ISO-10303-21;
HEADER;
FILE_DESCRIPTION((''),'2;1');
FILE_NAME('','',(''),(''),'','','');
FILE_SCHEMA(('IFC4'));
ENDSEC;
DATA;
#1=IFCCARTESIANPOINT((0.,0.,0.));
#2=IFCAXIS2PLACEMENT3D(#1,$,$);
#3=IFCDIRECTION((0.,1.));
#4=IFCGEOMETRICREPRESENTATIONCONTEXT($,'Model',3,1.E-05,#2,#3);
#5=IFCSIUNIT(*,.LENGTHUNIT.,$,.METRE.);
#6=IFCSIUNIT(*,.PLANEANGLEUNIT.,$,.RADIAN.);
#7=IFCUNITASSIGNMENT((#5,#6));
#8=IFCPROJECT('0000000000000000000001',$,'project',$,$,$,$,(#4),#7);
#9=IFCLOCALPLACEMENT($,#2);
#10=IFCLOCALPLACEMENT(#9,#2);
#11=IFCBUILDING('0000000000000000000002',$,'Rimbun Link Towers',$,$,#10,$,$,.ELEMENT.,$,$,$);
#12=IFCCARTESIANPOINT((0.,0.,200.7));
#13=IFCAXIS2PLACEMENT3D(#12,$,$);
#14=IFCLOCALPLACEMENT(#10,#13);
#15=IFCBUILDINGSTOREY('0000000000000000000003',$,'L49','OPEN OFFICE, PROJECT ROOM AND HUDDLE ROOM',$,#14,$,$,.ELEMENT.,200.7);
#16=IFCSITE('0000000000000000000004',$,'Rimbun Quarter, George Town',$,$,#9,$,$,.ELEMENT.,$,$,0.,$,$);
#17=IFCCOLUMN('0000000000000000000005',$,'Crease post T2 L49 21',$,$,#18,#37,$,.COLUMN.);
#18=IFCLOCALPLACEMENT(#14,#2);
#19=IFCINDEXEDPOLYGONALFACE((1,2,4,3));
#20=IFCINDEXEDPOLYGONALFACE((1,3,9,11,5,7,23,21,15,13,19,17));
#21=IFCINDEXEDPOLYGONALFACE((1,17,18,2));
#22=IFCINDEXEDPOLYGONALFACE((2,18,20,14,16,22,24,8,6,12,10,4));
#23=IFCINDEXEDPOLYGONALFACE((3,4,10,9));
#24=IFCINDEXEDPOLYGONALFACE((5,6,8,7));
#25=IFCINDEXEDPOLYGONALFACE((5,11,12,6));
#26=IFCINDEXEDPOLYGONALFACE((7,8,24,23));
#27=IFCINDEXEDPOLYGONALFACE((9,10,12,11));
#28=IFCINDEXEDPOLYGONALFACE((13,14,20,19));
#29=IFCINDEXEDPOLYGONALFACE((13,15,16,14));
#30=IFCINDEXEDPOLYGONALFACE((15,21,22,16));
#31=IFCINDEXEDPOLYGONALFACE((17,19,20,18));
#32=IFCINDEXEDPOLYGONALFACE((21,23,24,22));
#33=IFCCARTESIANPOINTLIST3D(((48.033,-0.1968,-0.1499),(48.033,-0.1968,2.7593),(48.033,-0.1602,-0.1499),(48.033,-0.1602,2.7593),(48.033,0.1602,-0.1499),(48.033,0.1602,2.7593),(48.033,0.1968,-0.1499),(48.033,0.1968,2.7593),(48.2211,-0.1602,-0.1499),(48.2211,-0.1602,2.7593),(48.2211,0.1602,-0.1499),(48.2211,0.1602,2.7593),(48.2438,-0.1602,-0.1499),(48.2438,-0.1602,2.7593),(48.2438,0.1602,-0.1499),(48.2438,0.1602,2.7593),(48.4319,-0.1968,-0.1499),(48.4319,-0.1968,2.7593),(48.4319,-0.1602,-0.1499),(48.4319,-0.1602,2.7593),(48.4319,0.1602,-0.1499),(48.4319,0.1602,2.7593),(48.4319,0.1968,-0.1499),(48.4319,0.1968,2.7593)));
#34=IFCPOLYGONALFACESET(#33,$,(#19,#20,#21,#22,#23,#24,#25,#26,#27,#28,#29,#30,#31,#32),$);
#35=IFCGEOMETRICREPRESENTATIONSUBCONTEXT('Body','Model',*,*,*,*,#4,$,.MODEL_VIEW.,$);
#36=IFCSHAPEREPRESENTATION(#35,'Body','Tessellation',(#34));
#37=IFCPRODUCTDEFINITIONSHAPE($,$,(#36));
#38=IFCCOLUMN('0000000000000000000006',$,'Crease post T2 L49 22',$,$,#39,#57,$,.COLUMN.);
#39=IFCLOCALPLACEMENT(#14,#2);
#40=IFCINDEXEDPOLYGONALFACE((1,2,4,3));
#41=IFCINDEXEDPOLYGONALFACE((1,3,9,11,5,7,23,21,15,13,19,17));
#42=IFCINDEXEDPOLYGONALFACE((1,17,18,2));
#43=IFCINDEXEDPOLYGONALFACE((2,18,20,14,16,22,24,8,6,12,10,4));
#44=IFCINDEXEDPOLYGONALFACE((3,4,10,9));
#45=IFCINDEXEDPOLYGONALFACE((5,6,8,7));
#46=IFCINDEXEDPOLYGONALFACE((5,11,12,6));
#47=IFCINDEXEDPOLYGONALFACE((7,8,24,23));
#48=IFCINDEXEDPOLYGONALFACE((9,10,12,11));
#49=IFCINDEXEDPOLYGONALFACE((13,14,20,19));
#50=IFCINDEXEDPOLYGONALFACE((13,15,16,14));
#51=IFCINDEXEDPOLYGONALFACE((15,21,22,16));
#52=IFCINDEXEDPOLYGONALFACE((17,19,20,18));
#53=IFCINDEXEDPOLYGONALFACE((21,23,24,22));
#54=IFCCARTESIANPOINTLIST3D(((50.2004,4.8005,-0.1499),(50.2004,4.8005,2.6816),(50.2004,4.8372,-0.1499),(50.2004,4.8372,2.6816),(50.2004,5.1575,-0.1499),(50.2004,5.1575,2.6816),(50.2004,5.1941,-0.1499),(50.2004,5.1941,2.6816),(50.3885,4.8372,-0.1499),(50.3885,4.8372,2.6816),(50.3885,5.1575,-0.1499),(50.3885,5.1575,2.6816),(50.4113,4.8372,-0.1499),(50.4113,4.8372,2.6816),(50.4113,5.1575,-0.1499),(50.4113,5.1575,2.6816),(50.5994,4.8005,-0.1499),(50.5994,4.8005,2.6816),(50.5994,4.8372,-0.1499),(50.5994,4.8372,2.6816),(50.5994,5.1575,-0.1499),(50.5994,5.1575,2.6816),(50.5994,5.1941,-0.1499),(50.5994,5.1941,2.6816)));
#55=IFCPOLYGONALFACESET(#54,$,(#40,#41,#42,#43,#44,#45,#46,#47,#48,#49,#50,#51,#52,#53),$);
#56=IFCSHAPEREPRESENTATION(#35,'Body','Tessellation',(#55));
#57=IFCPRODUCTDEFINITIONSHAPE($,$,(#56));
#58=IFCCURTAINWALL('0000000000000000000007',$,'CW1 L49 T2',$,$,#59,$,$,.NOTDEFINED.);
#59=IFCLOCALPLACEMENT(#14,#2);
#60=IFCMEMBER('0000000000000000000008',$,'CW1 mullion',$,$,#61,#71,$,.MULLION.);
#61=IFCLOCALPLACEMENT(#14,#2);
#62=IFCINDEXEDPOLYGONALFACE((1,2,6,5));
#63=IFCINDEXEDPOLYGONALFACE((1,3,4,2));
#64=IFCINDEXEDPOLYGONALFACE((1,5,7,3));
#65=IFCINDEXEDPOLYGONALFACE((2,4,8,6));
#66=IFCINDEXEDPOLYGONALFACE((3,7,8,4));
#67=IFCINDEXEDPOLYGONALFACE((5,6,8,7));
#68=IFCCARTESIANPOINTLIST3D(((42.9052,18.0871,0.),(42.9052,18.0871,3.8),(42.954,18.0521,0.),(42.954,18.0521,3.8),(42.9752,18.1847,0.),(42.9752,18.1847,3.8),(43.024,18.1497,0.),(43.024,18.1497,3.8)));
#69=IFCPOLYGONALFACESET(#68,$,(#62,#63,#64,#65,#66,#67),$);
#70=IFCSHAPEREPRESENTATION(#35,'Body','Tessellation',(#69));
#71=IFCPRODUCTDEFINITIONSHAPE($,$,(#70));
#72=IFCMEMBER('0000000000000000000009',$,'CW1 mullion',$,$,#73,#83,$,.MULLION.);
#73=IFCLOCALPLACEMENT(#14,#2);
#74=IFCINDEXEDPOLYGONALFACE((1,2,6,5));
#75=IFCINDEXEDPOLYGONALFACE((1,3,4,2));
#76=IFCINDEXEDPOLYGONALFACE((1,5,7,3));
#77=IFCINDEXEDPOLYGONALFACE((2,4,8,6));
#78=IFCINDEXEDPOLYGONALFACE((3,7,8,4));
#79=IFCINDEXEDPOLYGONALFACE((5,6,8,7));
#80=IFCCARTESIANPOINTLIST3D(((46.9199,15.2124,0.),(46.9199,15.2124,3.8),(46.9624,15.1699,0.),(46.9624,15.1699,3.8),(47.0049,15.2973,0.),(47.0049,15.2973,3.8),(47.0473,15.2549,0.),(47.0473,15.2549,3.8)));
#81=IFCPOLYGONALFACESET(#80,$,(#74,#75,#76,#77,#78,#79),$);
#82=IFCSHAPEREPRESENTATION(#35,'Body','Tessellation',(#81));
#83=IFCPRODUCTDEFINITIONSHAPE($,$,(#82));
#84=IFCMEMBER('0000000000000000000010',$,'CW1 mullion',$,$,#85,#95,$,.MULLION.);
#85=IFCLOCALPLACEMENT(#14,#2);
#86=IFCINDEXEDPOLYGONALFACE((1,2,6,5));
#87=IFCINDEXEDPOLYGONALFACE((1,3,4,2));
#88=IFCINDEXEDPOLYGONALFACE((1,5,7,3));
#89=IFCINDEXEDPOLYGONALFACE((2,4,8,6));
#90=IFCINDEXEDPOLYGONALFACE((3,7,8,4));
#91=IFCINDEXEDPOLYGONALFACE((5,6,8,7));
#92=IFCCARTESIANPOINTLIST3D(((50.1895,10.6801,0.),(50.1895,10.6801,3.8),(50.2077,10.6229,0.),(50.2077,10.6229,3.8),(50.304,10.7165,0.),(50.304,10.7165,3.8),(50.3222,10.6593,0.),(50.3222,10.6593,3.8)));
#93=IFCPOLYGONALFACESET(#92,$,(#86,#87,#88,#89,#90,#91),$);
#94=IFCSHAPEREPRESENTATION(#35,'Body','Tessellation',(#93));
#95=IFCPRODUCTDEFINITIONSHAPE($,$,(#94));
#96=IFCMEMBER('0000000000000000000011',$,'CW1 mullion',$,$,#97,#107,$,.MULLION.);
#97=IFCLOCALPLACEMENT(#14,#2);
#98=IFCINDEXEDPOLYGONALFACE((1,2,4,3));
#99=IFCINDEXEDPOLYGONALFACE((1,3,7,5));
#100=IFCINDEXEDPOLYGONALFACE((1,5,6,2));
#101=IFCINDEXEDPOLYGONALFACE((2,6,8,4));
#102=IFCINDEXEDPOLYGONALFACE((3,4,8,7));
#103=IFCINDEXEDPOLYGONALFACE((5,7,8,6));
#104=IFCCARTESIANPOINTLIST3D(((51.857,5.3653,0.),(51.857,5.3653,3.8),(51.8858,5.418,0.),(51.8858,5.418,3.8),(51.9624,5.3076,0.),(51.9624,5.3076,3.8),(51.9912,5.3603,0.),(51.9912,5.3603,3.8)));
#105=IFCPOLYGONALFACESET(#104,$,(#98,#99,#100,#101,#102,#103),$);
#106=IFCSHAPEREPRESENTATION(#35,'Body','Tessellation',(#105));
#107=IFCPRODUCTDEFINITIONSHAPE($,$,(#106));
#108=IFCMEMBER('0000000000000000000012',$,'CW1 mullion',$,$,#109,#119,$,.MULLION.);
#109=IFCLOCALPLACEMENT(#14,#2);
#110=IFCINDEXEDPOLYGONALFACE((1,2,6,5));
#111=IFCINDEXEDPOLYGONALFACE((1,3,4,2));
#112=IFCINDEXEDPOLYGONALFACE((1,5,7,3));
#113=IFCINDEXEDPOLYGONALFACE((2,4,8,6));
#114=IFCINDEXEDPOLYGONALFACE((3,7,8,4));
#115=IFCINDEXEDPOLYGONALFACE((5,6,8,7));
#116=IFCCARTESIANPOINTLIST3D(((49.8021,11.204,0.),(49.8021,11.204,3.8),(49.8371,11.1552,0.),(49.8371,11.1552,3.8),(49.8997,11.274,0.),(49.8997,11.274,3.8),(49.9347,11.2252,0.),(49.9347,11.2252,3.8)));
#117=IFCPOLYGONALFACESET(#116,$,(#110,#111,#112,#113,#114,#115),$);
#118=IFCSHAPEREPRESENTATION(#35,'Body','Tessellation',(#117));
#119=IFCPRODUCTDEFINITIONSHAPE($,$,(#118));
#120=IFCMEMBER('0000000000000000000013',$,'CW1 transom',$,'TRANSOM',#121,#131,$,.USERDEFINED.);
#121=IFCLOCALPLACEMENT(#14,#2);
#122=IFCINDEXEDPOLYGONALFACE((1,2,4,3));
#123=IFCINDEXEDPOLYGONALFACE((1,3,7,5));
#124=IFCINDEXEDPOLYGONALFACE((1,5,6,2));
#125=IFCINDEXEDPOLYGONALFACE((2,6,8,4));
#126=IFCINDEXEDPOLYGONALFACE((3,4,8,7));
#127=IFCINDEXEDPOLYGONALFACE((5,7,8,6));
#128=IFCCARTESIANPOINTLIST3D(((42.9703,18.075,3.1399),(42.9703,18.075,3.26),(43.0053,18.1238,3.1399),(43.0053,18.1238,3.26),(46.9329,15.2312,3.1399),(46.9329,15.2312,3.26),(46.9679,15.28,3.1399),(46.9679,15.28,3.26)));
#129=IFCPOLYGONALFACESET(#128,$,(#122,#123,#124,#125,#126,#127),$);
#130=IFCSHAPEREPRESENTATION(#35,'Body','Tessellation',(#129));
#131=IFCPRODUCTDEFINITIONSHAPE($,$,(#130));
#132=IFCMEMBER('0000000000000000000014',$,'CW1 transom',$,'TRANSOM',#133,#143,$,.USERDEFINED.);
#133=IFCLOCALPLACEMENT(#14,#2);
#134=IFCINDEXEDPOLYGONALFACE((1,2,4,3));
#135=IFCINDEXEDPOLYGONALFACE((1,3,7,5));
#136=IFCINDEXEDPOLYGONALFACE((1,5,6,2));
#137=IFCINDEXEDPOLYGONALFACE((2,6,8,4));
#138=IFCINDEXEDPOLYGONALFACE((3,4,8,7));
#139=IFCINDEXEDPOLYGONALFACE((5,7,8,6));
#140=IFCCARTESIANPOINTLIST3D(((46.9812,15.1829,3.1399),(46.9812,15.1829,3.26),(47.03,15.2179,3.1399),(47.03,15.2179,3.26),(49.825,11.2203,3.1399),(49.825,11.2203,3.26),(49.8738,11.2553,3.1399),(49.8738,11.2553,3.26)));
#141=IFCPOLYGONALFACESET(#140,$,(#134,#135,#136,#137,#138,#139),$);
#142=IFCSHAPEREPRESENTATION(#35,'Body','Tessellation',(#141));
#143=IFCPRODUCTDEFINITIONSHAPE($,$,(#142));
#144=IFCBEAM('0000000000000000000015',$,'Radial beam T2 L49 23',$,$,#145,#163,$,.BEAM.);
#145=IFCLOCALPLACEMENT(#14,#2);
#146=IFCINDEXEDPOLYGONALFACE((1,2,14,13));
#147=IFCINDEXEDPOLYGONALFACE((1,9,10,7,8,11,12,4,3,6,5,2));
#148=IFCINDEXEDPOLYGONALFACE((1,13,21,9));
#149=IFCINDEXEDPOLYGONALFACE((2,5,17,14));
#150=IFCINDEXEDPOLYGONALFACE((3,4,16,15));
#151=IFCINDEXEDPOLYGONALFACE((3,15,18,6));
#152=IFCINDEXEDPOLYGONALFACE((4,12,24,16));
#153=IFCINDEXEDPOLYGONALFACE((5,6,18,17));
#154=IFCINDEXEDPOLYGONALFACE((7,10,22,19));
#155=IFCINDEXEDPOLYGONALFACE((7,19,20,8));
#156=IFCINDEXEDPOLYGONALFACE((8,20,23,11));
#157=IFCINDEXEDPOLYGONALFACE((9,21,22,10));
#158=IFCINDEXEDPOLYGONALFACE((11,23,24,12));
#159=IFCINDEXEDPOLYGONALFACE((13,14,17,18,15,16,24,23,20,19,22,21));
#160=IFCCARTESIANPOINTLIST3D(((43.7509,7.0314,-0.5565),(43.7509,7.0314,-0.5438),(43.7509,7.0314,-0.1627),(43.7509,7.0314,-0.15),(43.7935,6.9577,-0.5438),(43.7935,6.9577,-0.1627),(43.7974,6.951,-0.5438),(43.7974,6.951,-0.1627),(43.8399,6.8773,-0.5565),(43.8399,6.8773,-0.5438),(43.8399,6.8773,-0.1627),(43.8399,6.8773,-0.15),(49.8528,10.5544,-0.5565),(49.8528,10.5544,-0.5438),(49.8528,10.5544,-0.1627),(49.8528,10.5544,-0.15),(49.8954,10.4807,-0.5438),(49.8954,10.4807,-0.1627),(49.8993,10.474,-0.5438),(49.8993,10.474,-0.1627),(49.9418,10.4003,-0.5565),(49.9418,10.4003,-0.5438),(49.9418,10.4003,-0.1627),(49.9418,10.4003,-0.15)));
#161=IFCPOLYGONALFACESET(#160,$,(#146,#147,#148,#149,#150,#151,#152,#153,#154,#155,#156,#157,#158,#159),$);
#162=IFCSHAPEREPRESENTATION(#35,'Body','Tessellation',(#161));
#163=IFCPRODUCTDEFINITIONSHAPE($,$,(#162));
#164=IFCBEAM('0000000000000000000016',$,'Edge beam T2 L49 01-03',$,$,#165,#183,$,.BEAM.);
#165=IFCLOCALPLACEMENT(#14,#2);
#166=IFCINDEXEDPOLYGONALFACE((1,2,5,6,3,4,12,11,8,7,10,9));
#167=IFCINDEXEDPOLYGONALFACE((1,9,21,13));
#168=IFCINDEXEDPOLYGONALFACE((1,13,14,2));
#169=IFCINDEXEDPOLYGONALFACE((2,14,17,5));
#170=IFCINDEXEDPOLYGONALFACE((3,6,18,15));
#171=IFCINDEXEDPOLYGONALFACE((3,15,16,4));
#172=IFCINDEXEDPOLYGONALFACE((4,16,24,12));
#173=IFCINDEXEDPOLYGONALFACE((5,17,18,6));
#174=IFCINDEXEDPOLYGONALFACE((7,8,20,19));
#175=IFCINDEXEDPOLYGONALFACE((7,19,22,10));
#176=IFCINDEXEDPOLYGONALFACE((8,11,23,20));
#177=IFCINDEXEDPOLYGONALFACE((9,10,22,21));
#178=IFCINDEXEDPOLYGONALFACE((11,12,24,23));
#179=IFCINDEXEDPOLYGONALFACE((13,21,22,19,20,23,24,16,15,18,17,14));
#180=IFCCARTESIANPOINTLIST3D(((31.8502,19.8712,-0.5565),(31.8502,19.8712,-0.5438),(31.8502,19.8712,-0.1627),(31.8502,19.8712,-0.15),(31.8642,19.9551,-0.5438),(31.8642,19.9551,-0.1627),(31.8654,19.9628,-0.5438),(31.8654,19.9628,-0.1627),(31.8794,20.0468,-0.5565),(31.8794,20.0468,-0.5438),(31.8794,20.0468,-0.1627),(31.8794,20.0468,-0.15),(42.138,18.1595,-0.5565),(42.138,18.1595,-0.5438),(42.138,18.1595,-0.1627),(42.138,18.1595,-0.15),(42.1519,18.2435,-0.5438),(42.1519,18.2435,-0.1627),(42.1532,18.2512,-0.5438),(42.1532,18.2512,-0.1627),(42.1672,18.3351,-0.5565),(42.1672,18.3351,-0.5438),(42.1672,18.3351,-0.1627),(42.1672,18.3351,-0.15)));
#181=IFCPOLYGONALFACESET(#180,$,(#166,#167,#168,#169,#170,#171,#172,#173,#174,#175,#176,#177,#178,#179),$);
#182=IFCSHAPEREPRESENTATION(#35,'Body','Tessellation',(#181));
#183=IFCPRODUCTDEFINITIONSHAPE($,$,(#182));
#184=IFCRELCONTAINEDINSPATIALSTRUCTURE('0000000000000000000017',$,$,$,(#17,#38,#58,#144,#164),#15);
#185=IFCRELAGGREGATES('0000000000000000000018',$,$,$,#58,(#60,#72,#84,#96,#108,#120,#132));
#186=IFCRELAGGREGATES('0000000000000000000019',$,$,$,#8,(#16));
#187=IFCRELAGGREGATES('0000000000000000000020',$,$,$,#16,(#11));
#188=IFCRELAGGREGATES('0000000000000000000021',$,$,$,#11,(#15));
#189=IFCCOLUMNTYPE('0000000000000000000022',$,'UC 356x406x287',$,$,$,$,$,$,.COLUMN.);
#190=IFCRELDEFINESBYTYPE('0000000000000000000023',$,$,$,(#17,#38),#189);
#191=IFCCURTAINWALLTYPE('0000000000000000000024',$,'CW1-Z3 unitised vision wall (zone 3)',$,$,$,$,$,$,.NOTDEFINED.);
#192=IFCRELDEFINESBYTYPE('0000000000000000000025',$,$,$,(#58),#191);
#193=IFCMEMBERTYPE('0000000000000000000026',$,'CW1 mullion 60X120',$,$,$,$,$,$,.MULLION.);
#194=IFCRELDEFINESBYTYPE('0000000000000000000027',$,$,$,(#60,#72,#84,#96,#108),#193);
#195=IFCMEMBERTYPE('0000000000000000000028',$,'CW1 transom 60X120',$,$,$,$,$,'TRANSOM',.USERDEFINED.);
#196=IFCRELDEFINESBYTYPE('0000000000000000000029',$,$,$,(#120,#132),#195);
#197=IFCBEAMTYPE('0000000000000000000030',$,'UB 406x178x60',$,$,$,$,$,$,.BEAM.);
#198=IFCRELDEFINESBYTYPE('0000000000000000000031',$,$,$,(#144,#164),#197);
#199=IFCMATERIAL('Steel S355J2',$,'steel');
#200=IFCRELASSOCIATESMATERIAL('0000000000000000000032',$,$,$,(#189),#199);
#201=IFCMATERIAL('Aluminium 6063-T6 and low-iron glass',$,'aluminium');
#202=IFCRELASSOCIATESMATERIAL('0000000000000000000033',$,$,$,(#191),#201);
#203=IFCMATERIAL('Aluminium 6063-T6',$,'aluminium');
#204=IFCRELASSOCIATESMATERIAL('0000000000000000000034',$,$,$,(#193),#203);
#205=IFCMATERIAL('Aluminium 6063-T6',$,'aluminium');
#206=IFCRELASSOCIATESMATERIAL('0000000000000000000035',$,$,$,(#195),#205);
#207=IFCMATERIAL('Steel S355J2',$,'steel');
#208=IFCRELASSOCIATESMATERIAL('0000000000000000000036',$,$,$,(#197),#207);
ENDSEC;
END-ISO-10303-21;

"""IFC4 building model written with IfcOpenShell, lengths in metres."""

from ifc_helpers import new_model, si_unit, direction, frame, origin, origin_2d, place, context, subcontext, project, spatial, rectangle, i_section, extrude, material, material_profile, profile_set, type_object, element, aggregate, save


model = new_model("IFC4")

# Units and contexts
model_context = context("Model", 3, precision=1e-05, world=origin(), true_north=direction((0.0, 1.0)))
body_context = subcontext(model_context, "Body", "Model", "MODEL_VIEW")
ifc_project = project(units=[si_unit("LENGTHUNIT", "METRE"), si_unit("PLANEANGLEUNIT", "RADIAN")], contexts=[model_context])

# Site, building, storey
site_placement = place(None, origin())
site = spatial("IfcSite", under=ifc_project, at=site_placement, Name="Rimbun Quarter, George Town", CompositionType="ELEMENT", RefElevation=0.0)
building_placement = place(site_placement, origin())
building = spatial("IfcBuilding", under=site, at=building_placement, Name="Rimbun Link Towers", CompositionType="ELEMENT")
storey_placement = place(building_placement, frame((0.0, 0.0, 200.7)))
storey = spatial("IfcBuildingStorey", under=building, at=storey_placement, Name="L49", Description="OPEN OFFICE, PROJECT ROOM AND HUDDLE ROOM", CompositionType="ELEMENT", Elevation=200.7)

# Columns
ifc_material_1 = material(Name="Steel S355J2", Category="steel")
ifc_material_profile_1 = material_profile(ifc_material_1, i_section(OverallWidth=0.3989, OverallDepth=0.3936, WebThickness=0.0227, FlangeThickness=0.0366, at=origin_2d()), Name="UC 356x406x287")
ifc_profile_set_1 = profile_set([ifc_material_profile_1], Name="Steel S355J2")
column_type = type_object("IfcColumnType", Name="UC 356x406x287", PredefinedType="COLUMN", material=ifc_profile_set_1)
column_1_placement = place(storey_placement, frame((48.2324, 0.0, -0.1499), z_axis=(0.0, 0.0, 1.0), x_axis=(1.0, 0.0, 0.0)))
element("IfcColumn", 1, at=column_1_placement, inside=storey, type_object=column_type, Name="Crease post T2 L49 21", PredefinedType="COLUMN", context=body_context, shape_type="SweptSolid", body=[
    extrude(i_section(OverallWidth=0.3989, OverallDepth=0.3936, WebThickness=0.0227, FlangeThickness=0.0366, at=origin_2d()), origin(), (0.0, 0.0, 1.0), 2.9092),
])
column_2_placement = place(storey_placement, frame((50.3999, 4.9973, -0.1499), z_axis=(0.0, 0.0, 1.0), x_axis=(1.0, 0.0, 0.0)))
element("IfcColumn", 2, at=column_2_placement, inside=storey, type_object=column_type, Name="Crease post T2 L49 22", PredefinedType="COLUMN", context=body_context, shape_type="SweptSolid", body=[
    extrude(i_section(OverallWidth=0.3989, OverallDepth=0.3936, WebThickness=0.0227, FlangeThickness=0.0366, at=origin_2d()), origin(), (0.0, 0.0, 1.0), 2.8315),
])

# Curtain wall, members
ifc_material_2 = material(Name="Aluminium 6063-T6 and low-iron glass", Category="aluminium")
curtain_wall_type = type_object("IfcCurtainWallType", Name="CW1-Z3 unitised vision wall (zone 3)", PredefinedType="NOTDEFINED", material=ifc_material_2)
curtain_wall_placement = place(storey_placement, origin())
curtain_wall = element("IfcCurtainWall", 3, at=curtain_wall_placement, inside=storey, type_object=curtain_wall_type, Name="CW1 L49 T2", PredefinedType="NOTDEFINED")
ifc_material_3 = material(Name="Aluminium 6063-T6", Category="aluminium")
ifc_material_profile_2 = material_profile(ifc_material_3, rectangle(XDim=0.1201, YDim=0.0601, at=origin_2d()), Name="MULLION 60X120")
ifc_profile_set_2 = profile_set([ifc_material_profile_2], Name="Aluminium 6063-T6")
member_type_1 = type_object("IfcMemberType", Name="CW1 mullion 60X120", PredefinedType="MULLION", material=ifc_profile_set_2)
member_1_placement = place(storey_placement, frame((42.9646, 18.1184, 0.0), z_axis=(0.0, 0.0, 1.0), x_axis=(0.583009, 0.812465, 0.0)))
member_1 = element("IfcMember", 4, at=member_1_placement, type_object=member_type_1, Name="CW1 mullion", PredefinedType="MULLION", context=body_context, shape_type="SweptSolid", body=[
    extrude(rectangle(XDim=0.1201, YDim=0.0601, at=origin_2d()), origin(), (0.0, 0.0, 1.0), 3.8),
])
member_2_placement = place(storey_placement, frame((46.9836, 15.2336, 0.0), z_axis=(0.0, 0.0, 1.0), x_axis=(0.707107, 0.707107, 0.0)))
member_2 = element("IfcMember", 5, at=member_2_placement, type_object=member_type_1, Name="CW1 mullion", PredefinedType="MULLION", context=body_context, shape_type="SweptSolid", body=[
    extrude(rectangle(XDim=0.1201, YDim=0.0601, at=origin_2d()), origin(), (0.0, 0.0, 1.0), 3.8),
])
member_3_placement = place(storey_placement, frame((50.2559, 10.6697, 0.0), z_axis=(0.0, 0.0, 1.0), x_axis=(0.952968, 0.303071, 0.0)))
member_3 = element("IfcMember", 6, at=member_3_placement, type_object=member_type_1, Name="CW1 mullion", PredefinedType="MULLION", context=body_context, shape_type="SweptSolid", body=[
    extrude(rectangle(XDim=0.1201, YDim=0.0601, at=origin_2d()), origin(), (0.0, 0.0, 1.0), 3.8),
])
member_4_placement = place(storey_placement, frame((51.9241, 5.3628, 0.0), z_axis=(0.0, 0.0, 1.0), x_axis=(0.877317, -0.479912, 0.0)))
member_4 = element("IfcMember", 7, at=member_4_placement, type_object=member_type_1, Name="CW1 mullion", PredefinedType="MULLION", context=body_context, shape_type="SweptSolid", body=[
    extrude(rectangle(XDim=0.1201, YDim=0.0601, at=origin_2d()), origin(), (0.0, 0.0, 1.0), 3.8),
])
member_5_placement = place(storey_placement, frame((49.8684, 11.2146, 0.0), z_axis=(0.0, 0.0, 1.0), x_axis=(0.812465, 0.583009, 0.0)))
member_5 = element("IfcMember", 8, at=member_5_placement, type_object=member_type_1, Name="CW1 mullion", PredefinedType="MULLION", context=body_context, shape_type="SweptSolid", body=[
    extrude(rectangle(XDim=0.1201, YDim=0.0601, at=origin_2d()), origin(), (0.0, 0.0, 1.0), 3.8),
])
ifc_material_4 = material(Name="Aluminium 6063-T6", Category="aluminium")
ifc_material_profile_3 = material_profile(ifc_material_4, rectangle(XDim=0.0601, YDim=0.1201, at=origin_2d()), Name="TRANSOM 60X120")
ifc_profile_set_3 = profile_set([ifc_material_profile_3], Name="Aluminium 6063-T6")
member_type_2 = type_object("IfcMemberType", Name="CW1 transom 60X120", ElementType="TRANSOM", PredefinedType="USERDEFINED", material=ifc_profile_set_3)
member_6_placement = place(storey_placement, frame((42.9878, 18.0994, 3.2), z_axis=(0.812443, -0.583041, 0.0), x_axis=(0.583041, 0.812443, 0.0)))
member_6 = element("IfcMember", 9, at=member_6_placement, type_object=member_type_2, Name="CW1 transom", ObjectType="TRANSOM", PredefinedType="USERDEFINED", context=body_context, shape_type="SweptSolid", body=[
    extrude(rectangle(XDim=0.0601, YDim=0.1201, at=origin_2d()), origin(), (0.0, 0.0, 1.0), 4.8774),
])
member_7_placement = place(storey_placement, frame((47.0056, 15.2004, 3.2), z_axis=(0.583041, -0.812443, 0.0), x_axis=(0.812443, 0.583041, 0.0)))
member_7 = element("IfcMember", 10, at=member_7_placement, type_object=member_type_2, Name="CW1 transom", ObjectType="TRANSOM", PredefinedType="USERDEFINED", context=body_context, shape_type="SweptSolid", body=[
    extrude(rectangle(XDim=0.0601, YDim=0.1201, at=origin_2d()), origin(), (0.0, 0.0, 1.0), 4.8774),
])

# Beams
ifc_material_5 = material(Name="Steel S355J2", Category="steel")
ifc_material_profile_4 = material_profile(ifc_material_5, i_section(OverallWidth=0.178, OverallDepth=0.4065, WebThickness=0.0078, FlangeThickness=0.0127, at=origin_2d()), Name="UB 406x178x60")
ifc_profile_set_4 = profile_set([ifc_material_profile_4], Name="Steel S355J2")
beam_type_1 = type_object("IfcBeamType", Name="UB 406x178x60", PredefinedType="BEAM", material=ifc_profile_set_4)
beam_1_placement = place(storey_placement, frame((43.7954, 6.9543, -0.3533), z_axis=(0.866021, 0.500007, 0.0), x_axis=(-0.500007, 0.866021, 0.0)))
element("IfcBeam", 11, at=beam_1_placement, inside=storey, type_object=beam_type_1, Name="Radial beam T2 L49 23", PredefinedType="BEAM", context=body_context, shape_type="SweptSolid", body=[
    extrude(i_section(OverallWidth=0.178, OverallDepth=0.4065, WebThickness=0.0078, FlangeThickness=0.0127, at=origin_2d()), origin(), (0.0, 0.0, 1.0), 7.0459),
])
beam_2_placement = place(storey_placement, frame((42.1526, 18.2473, -0.3533), z_axis=(-0.98644, 0.164122, 0.0), x_axis=(-0.164122, -0.98644, 0.0)))
element("IfcBeam", 12, at=beam_2_placement, inside=storey, type_object=beam_type_1, Name="Edge beam T2 L49 01-03", PredefinedType="BEAM", context=body_context, shape_type="SweptSolid", body=[
    extrude(i_section(OverallWidth=0.178, OverallDepth=0.4065, WebThickness=0.0078, FlangeThickness=0.0127, at=origin_2d()), origin(), (0.0, 0.0, 1.0), 10.4292),
])

aggregate(curtain_wall, [member_1, member_2, member_3, member_4, member_5, member_6, member_7])

save(model, "model.ifc")
